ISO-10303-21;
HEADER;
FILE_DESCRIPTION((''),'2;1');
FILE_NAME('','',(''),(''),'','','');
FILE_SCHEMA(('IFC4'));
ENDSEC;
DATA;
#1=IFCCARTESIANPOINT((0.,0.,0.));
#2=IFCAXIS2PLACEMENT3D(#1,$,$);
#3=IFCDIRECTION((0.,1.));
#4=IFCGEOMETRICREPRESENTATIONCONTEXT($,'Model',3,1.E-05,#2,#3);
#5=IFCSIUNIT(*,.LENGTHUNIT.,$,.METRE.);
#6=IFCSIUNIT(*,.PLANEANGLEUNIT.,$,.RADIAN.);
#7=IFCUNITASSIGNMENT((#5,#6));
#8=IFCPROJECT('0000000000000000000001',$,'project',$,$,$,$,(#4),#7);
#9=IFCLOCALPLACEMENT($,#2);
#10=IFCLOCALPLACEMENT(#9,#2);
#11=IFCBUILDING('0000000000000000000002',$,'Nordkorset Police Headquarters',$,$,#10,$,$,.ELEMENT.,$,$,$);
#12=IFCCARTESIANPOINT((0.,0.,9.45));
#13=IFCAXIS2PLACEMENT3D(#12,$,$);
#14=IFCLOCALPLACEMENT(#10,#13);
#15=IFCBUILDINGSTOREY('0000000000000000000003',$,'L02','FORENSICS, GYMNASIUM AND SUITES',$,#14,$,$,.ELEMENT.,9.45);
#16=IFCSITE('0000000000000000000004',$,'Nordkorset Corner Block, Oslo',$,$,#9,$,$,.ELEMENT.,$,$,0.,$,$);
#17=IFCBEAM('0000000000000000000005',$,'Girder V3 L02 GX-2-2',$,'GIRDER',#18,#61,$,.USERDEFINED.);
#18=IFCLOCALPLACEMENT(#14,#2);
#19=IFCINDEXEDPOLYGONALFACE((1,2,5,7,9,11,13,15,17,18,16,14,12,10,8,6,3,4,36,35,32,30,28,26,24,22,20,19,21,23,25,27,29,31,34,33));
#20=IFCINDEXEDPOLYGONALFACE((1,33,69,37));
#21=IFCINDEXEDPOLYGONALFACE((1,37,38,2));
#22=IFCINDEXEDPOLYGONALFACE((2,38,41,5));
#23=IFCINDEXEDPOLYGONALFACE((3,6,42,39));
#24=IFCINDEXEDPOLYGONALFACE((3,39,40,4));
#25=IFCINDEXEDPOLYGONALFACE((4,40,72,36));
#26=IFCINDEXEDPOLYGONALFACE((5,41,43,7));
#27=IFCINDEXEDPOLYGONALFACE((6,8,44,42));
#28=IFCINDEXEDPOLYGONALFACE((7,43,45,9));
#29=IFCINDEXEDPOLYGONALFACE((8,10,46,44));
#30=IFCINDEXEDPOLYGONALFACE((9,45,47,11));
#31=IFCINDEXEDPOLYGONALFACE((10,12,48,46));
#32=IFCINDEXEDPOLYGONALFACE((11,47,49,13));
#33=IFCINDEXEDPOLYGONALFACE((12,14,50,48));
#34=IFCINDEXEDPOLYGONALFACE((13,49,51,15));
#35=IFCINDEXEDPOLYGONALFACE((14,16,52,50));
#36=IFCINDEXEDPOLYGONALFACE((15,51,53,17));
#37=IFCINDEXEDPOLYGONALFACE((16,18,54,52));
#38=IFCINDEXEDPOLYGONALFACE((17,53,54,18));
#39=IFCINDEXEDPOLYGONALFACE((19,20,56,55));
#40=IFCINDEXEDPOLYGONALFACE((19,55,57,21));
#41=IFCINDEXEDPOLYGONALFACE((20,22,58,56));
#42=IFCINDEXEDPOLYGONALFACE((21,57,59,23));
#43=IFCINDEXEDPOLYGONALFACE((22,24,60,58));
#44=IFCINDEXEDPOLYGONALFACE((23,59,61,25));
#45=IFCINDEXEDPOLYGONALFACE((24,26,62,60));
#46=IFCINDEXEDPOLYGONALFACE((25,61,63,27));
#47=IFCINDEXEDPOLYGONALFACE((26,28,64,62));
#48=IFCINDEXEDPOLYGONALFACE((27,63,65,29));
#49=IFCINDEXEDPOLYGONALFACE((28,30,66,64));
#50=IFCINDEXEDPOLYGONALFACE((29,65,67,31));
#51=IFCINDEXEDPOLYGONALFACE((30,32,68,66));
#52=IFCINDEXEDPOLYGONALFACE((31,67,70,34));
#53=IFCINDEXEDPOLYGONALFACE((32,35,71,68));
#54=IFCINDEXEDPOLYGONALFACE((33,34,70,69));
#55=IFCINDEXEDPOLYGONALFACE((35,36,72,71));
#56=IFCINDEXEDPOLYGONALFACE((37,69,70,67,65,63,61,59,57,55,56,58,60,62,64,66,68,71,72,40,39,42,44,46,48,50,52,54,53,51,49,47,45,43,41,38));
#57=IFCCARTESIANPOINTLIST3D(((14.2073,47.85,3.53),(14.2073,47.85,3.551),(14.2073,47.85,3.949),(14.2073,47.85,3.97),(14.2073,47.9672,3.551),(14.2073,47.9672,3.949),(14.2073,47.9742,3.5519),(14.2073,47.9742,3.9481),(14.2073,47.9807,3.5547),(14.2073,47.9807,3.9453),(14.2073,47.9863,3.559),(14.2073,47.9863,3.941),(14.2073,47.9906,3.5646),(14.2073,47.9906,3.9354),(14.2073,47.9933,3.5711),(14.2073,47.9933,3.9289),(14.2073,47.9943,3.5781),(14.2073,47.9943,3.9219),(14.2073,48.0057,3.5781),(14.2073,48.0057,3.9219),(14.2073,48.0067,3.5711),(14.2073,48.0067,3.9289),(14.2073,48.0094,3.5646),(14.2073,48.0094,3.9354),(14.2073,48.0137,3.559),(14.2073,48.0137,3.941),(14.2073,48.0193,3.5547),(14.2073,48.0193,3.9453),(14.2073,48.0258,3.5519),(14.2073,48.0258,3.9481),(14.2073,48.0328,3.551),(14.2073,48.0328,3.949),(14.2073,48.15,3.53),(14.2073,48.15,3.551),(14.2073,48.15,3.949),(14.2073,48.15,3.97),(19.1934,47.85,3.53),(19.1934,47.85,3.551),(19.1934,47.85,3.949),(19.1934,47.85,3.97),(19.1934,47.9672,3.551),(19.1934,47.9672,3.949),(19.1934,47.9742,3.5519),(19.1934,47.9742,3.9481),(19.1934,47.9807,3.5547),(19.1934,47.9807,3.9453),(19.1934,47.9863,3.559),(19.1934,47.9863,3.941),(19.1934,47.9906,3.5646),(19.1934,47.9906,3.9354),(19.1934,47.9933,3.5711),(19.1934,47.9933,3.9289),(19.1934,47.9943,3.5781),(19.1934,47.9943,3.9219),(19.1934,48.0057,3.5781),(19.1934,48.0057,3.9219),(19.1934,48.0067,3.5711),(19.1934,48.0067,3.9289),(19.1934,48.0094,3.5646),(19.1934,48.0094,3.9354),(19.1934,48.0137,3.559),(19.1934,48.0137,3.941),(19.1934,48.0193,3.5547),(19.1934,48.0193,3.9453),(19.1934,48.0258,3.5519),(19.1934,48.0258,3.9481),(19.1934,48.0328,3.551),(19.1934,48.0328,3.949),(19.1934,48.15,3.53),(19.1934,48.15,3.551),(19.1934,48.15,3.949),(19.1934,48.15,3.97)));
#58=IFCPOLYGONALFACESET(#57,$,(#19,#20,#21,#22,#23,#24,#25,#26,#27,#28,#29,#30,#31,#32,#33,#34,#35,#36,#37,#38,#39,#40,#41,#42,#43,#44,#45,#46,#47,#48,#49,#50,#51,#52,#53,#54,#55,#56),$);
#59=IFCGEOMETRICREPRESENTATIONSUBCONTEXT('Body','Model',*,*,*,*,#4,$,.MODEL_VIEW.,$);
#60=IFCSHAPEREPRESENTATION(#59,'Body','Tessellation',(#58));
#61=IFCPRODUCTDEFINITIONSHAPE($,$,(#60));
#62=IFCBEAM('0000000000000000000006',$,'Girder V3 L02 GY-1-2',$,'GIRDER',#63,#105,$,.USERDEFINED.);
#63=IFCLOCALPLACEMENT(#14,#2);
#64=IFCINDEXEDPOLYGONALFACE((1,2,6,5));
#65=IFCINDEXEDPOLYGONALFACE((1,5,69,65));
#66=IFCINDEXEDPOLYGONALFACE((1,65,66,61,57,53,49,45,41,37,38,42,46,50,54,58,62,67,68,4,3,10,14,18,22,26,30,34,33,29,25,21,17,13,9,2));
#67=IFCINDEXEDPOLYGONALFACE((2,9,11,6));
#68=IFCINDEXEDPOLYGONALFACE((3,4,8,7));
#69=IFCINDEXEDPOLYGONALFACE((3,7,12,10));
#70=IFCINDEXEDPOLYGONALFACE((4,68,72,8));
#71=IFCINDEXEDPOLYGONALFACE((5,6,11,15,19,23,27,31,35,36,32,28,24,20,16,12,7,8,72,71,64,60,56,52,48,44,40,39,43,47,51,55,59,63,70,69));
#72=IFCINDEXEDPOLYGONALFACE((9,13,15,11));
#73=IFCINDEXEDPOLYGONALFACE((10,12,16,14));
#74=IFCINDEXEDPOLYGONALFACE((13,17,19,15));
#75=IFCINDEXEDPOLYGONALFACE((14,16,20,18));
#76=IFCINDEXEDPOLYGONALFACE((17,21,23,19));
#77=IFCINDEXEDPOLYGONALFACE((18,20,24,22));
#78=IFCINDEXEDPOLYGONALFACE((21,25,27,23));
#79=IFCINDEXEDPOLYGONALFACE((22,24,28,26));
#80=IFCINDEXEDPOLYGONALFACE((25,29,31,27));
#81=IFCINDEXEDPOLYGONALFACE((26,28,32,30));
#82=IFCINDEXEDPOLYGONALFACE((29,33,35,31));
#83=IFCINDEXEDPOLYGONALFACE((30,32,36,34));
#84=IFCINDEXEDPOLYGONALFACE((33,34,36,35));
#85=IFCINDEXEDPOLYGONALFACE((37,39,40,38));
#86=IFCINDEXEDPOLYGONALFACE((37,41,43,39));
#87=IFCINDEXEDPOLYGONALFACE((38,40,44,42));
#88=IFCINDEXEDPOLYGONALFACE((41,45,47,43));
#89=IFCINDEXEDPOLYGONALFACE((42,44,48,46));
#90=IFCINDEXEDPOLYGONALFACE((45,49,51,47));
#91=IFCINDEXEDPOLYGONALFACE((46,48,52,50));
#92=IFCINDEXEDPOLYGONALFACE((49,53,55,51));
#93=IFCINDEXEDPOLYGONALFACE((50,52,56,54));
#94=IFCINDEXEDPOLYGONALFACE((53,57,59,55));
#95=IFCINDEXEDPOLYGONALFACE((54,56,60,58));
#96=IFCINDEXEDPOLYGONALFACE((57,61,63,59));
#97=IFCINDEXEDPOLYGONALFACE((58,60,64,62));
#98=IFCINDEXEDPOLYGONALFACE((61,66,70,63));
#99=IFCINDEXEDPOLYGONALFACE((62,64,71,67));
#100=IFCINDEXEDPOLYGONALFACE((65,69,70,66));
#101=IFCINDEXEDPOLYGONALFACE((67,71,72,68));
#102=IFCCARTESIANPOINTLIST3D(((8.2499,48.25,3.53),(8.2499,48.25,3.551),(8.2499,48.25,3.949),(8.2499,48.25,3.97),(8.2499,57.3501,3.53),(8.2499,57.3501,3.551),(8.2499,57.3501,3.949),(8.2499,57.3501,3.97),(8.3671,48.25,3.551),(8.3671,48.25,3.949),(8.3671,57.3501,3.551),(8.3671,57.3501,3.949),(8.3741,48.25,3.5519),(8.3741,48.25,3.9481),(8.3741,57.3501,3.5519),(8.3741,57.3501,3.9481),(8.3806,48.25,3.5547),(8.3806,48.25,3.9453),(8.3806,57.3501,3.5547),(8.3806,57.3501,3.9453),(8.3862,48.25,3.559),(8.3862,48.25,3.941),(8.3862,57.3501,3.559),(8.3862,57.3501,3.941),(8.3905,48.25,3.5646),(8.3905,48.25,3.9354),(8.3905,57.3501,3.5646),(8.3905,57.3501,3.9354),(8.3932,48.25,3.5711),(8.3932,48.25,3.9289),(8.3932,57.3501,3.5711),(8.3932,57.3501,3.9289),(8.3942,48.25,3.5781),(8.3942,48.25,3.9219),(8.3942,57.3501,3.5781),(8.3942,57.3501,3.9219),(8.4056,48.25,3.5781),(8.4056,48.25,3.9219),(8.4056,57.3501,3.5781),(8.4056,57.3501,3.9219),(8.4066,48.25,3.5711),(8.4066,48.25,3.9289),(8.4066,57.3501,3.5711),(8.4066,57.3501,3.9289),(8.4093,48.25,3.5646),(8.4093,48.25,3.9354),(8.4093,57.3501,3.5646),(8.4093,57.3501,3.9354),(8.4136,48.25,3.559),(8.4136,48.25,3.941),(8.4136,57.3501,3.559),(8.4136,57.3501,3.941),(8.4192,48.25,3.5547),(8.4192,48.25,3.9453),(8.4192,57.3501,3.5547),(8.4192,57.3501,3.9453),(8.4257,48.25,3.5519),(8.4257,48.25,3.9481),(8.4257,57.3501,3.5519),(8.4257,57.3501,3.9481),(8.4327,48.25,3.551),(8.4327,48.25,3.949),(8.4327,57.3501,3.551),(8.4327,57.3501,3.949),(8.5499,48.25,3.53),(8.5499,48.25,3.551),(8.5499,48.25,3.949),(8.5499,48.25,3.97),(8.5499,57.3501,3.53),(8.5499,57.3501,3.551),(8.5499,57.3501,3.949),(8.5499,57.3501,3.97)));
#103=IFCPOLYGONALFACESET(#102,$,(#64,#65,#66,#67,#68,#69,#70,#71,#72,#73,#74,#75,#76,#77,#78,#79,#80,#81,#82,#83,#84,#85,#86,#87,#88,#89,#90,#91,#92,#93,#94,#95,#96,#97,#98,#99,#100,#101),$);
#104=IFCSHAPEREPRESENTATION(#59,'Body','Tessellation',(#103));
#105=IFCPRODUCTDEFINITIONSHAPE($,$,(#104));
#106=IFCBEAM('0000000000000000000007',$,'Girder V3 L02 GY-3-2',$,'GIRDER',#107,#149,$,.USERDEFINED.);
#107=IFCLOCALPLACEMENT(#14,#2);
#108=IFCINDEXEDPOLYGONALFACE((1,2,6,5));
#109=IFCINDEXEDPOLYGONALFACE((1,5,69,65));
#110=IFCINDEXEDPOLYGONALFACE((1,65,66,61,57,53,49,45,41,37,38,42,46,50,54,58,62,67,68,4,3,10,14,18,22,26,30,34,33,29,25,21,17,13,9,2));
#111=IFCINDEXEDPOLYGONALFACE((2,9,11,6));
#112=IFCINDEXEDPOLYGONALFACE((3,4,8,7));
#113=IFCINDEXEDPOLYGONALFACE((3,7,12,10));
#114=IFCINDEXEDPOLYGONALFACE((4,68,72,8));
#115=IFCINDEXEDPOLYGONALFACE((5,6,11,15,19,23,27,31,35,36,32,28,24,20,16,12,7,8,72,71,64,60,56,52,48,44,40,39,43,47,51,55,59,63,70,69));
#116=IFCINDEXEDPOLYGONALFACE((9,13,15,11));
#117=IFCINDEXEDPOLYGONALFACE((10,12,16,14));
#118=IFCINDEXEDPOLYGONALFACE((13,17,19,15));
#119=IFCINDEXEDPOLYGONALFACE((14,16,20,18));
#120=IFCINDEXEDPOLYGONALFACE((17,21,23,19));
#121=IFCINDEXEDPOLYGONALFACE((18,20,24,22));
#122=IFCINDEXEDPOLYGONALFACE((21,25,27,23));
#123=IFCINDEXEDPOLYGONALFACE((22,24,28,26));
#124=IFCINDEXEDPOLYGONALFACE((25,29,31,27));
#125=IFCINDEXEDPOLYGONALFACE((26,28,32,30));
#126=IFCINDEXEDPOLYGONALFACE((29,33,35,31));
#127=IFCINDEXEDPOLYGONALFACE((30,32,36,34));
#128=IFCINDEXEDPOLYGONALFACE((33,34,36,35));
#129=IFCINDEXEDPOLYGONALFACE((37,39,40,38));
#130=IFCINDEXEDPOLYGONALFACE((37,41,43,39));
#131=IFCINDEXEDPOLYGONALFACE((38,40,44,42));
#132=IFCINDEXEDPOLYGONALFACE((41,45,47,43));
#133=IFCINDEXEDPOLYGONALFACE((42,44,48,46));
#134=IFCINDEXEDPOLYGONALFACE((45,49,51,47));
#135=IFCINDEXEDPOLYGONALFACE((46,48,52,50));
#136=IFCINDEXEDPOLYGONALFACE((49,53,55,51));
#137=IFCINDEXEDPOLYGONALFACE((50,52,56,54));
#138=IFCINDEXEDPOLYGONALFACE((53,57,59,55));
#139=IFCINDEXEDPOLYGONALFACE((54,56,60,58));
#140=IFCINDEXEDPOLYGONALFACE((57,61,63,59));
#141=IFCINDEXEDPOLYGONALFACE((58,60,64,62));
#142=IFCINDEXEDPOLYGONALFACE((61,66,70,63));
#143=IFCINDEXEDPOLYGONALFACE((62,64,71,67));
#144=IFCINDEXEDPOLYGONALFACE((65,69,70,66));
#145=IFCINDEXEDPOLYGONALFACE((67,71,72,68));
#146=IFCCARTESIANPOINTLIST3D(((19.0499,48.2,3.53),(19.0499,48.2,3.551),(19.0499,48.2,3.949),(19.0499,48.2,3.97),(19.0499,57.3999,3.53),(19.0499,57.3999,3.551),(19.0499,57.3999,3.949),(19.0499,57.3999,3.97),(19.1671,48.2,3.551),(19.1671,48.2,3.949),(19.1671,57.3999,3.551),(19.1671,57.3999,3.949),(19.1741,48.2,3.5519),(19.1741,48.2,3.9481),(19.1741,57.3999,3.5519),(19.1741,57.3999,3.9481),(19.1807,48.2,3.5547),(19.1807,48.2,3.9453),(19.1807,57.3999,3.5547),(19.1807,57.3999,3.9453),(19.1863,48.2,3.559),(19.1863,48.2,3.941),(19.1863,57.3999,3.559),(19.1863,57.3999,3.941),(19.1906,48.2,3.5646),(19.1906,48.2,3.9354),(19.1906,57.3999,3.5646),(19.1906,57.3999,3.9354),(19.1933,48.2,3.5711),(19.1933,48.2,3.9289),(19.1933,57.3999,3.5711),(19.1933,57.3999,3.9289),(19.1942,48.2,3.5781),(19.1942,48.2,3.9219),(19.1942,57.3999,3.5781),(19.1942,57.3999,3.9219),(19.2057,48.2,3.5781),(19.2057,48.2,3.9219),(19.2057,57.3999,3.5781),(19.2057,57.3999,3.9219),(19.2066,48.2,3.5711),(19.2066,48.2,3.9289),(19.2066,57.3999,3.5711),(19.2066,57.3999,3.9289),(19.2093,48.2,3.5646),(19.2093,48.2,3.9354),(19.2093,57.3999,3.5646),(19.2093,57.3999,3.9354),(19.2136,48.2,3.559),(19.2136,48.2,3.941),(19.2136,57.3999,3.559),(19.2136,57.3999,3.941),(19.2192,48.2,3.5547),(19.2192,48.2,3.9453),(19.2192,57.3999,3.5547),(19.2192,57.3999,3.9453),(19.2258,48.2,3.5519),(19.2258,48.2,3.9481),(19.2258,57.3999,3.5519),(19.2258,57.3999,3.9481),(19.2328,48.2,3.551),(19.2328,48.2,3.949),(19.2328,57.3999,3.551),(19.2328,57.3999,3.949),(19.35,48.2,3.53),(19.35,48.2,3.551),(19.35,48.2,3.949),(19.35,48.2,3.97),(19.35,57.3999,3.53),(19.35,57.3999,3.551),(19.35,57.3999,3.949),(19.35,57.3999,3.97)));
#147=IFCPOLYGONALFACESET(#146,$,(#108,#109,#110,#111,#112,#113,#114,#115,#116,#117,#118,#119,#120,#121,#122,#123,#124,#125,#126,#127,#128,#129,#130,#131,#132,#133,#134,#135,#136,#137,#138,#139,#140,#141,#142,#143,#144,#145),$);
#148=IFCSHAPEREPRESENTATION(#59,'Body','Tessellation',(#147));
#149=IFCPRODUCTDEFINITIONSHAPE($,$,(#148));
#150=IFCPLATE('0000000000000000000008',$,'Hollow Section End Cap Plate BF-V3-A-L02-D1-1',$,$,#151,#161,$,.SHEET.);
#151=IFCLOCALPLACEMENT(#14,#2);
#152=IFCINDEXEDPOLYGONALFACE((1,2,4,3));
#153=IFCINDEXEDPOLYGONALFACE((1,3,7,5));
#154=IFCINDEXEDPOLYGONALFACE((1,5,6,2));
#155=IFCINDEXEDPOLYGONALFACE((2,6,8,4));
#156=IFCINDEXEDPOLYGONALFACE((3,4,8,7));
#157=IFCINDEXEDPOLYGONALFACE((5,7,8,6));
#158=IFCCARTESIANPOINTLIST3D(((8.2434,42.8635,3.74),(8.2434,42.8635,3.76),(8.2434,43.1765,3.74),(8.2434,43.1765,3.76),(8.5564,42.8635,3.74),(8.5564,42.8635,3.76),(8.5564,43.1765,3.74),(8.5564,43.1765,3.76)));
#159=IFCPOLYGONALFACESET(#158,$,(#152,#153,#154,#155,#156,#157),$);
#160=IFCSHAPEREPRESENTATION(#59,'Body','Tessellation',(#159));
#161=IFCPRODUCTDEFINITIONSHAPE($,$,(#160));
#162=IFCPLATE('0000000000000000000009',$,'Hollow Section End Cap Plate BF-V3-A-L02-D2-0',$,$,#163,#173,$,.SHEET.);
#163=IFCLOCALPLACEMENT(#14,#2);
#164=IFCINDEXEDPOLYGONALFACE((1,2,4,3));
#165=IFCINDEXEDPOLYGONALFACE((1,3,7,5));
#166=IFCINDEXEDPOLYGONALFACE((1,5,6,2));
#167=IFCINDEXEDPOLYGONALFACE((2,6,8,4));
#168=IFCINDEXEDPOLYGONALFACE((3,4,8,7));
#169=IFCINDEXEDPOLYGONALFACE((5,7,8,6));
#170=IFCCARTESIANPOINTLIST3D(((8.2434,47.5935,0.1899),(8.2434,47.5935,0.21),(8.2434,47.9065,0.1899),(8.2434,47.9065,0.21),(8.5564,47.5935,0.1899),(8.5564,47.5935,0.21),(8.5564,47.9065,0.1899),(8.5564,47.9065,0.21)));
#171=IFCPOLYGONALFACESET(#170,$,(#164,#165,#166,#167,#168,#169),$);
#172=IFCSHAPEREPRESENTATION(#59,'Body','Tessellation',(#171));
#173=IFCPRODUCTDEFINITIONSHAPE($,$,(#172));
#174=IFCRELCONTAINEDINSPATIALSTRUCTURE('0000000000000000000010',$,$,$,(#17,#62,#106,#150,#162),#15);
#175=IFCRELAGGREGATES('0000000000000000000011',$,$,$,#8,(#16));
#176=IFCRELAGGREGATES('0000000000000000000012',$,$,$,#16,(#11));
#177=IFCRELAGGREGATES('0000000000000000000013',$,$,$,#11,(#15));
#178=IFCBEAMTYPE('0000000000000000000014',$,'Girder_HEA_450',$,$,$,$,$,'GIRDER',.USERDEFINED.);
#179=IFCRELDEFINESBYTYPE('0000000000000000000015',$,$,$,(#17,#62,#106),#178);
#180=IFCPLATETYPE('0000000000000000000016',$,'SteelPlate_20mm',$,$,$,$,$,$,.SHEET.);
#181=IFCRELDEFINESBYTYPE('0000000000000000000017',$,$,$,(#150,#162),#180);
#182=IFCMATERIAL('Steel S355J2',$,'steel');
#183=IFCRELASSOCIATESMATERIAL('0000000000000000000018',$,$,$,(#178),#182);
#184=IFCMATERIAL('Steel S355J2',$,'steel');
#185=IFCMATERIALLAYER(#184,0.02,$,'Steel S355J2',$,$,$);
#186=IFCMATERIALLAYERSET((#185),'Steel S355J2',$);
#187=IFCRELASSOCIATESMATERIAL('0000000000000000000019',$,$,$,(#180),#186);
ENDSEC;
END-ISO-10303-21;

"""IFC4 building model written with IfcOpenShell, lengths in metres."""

from ifc_helpers import new_model, si_unit, direction, frame, origin, origin_2d, place, context, subcontext, project, spatial, rectangle, i_section, extrude, material, layer, layer_set, material_profile, profile_set, type_object, element, save


model = new_model("IFC4")

# Units and contexts
model_context = context("Model", 3, precision=1e-05, world=origin(), true_north=direction((0.0, 1.0)))
body_context = subcontext(model_context, "Body", "Model", "MODEL_VIEW")
ifc_project = project(units=[si_unit("LENGTHUNIT", "METRE"), si_unit("PLANEANGLEUNIT", "RADIAN")], contexts=[model_context])

# Site, building, storey
site_placement = place(None, origin())
site = spatial("IfcSite", under=ifc_project, at=site_placement, Name="Nordkorset Corner Block, Oslo", CompositionType="ELEMENT", RefElevation=0.0)
building_placement = place(site_placement, origin())
building = spatial("IfcBuilding", under=site, at=building_placement, Name="Nordkorset Police Headquarters", CompositionType="ELEMENT")
storey_placement = place(building_placement, frame((0.0, 0.0, 9.45)))
storey = spatial("IfcBuildingStorey", under=building, at=storey_placement, Name="L02", Description="FORENSICS, GYMNASIUM AND SUITES", CompositionType="ELEMENT", Elevation=9.45)

# Beams
ifc_material_1 = material(Name="Steel S355J2", Category="steel")
ifc_material_profile_1 = material_profile(ifc_material_1, i_section(OverallWidth=0.3, OverallDepth=0.4399, WebThickness=0.0115, FlangeThickness=0.021, FilletRadius=0.0271, at=origin_2d()), Name="HEA 450")
ifc_profile_set_1 = profile_set([ifc_material_profile_1], Name="Steel S355J2")
beam_type_1 = type_object("IfcBeamType", Name="Girder_HEA_450", ElementType="GIRDER", PredefinedType="USERDEFINED", material=ifc_profile_set_1)
beam_1_placement = place(storey_placement, frame((14.2073, 48.0, 3.75), z_axis=(1.0, 0.0, 0.0), x_axis=(0.0, 1.0, 0.0)))
element("IfcBeam", 1, at=beam_1_placement, inside=storey, type_object=beam_type_1, Name="Girder V3 L02 GX-2-2", ObjectType="GIRDER", PredefinedType="USERDEFINED", context=body_context, shape_type="SweptSolid", body=[
    extrude(i_section(OverallWidth=0.3, OverallDepth=0.4399, WebThickness=0.0115, FlangeThickness=0.021, FilletRadius=0.0271, at=origin_2d()), origin(), (0.0, 0.0, 1.0), 4.9861),
])
beam_2_placement = place(storey_placement, frame((8.3999, 48.25, 3.75), z_axis=(0.0, 1.0, 0.0), x_axis=(-1.0, 0.0, 0.0)))
element("IfcBeam", 2, at=beam_2_placement, inside=storey, type_object=beam_type_1, Name="Girder V3 L02 GY-1-2", ObjectType="GIRDER", PredefinedType="USERDEFINED", context=body_context, shape_type="SweptSolid", body=[
    extrude(i_section(OverallWidth=0.3, OverallDepth=0.4399, WebThickness=0.0115, FlangeThickness=0.021, FilletRadius=0.0271, at=origin_2d()), origin(), (0.0, 0.0, 1.0), 9.1001),
])
beam_3_placement = place(storey_placement, frame((19.2, 48.2, 3.75), z_axis=(0.0, 1.0, 0.0), x_axis=(-1.0, 0.0, 0.0)))
element("IfcBeam", 3, at=beam_3_placement, inside=storey, type_object=beam_type_1, Name="Girder V3 L02 GY-3-2", ObjectType="GIRDER", PredefinedType="USERDEFINED", context=body_context, shape_type="SweptSolid", body=[
    extrude(i_section(OverallWidth=0.3, OverallDepth=0.4399, WebThickness=0.0115, FlangeThickness=0.021, FilletRadius=0.0271, at=origin_2d()), origin(), (0.0, 0.0, 1.0), 9.2),
])

# Plates
ifc_material_2 = material(Name="Steel S355J2", Category="steel")
ifc_layer_1 = layer(ifc_material_2, 0.02, Name="Steel S355J2")
ifc_layer_set_1 = layer_set([ifc_layer_1], Name="Steel S355J2")
plate_type = type_object("IfcPlateType", Name="SteelPlate_20mm", PredefinedType="SHEET", material=ifc_layer_set_1)
for number, where, z_axis, x_axis, name in (
    (4, (8.3999, 43.02, 3.74), (0.0, 0.0, 1.0), (1.0, 0.0, 0.0), "Hollow Section End Cap Plate BF-V3-A-L02-D1-1"),
    (5, (8.3999, 47.75, 0.1899), (0.0, 0.0, 1.0), (1.0, 0.0, 0.0), "Hollow Section End Cap Plate BF-V3-A-L02-D2-0"),
):
    element("IfcPlate", number, at=place(storey_placement, frame(where, z_axis=z_axis, x_axis=x_axis)), inside=storey, type_object=plate_type, Name=name, PredefinedType="SHEET", context=body_context, shape_type="SweptSolid", body=[
        extrude(rectangle(XDim=0.313, YDim=0.313, at=origin_2d()), origin(), (0.0, 0.0, 1.0), 0.02),
    ])

save(model, "model.ifc")
